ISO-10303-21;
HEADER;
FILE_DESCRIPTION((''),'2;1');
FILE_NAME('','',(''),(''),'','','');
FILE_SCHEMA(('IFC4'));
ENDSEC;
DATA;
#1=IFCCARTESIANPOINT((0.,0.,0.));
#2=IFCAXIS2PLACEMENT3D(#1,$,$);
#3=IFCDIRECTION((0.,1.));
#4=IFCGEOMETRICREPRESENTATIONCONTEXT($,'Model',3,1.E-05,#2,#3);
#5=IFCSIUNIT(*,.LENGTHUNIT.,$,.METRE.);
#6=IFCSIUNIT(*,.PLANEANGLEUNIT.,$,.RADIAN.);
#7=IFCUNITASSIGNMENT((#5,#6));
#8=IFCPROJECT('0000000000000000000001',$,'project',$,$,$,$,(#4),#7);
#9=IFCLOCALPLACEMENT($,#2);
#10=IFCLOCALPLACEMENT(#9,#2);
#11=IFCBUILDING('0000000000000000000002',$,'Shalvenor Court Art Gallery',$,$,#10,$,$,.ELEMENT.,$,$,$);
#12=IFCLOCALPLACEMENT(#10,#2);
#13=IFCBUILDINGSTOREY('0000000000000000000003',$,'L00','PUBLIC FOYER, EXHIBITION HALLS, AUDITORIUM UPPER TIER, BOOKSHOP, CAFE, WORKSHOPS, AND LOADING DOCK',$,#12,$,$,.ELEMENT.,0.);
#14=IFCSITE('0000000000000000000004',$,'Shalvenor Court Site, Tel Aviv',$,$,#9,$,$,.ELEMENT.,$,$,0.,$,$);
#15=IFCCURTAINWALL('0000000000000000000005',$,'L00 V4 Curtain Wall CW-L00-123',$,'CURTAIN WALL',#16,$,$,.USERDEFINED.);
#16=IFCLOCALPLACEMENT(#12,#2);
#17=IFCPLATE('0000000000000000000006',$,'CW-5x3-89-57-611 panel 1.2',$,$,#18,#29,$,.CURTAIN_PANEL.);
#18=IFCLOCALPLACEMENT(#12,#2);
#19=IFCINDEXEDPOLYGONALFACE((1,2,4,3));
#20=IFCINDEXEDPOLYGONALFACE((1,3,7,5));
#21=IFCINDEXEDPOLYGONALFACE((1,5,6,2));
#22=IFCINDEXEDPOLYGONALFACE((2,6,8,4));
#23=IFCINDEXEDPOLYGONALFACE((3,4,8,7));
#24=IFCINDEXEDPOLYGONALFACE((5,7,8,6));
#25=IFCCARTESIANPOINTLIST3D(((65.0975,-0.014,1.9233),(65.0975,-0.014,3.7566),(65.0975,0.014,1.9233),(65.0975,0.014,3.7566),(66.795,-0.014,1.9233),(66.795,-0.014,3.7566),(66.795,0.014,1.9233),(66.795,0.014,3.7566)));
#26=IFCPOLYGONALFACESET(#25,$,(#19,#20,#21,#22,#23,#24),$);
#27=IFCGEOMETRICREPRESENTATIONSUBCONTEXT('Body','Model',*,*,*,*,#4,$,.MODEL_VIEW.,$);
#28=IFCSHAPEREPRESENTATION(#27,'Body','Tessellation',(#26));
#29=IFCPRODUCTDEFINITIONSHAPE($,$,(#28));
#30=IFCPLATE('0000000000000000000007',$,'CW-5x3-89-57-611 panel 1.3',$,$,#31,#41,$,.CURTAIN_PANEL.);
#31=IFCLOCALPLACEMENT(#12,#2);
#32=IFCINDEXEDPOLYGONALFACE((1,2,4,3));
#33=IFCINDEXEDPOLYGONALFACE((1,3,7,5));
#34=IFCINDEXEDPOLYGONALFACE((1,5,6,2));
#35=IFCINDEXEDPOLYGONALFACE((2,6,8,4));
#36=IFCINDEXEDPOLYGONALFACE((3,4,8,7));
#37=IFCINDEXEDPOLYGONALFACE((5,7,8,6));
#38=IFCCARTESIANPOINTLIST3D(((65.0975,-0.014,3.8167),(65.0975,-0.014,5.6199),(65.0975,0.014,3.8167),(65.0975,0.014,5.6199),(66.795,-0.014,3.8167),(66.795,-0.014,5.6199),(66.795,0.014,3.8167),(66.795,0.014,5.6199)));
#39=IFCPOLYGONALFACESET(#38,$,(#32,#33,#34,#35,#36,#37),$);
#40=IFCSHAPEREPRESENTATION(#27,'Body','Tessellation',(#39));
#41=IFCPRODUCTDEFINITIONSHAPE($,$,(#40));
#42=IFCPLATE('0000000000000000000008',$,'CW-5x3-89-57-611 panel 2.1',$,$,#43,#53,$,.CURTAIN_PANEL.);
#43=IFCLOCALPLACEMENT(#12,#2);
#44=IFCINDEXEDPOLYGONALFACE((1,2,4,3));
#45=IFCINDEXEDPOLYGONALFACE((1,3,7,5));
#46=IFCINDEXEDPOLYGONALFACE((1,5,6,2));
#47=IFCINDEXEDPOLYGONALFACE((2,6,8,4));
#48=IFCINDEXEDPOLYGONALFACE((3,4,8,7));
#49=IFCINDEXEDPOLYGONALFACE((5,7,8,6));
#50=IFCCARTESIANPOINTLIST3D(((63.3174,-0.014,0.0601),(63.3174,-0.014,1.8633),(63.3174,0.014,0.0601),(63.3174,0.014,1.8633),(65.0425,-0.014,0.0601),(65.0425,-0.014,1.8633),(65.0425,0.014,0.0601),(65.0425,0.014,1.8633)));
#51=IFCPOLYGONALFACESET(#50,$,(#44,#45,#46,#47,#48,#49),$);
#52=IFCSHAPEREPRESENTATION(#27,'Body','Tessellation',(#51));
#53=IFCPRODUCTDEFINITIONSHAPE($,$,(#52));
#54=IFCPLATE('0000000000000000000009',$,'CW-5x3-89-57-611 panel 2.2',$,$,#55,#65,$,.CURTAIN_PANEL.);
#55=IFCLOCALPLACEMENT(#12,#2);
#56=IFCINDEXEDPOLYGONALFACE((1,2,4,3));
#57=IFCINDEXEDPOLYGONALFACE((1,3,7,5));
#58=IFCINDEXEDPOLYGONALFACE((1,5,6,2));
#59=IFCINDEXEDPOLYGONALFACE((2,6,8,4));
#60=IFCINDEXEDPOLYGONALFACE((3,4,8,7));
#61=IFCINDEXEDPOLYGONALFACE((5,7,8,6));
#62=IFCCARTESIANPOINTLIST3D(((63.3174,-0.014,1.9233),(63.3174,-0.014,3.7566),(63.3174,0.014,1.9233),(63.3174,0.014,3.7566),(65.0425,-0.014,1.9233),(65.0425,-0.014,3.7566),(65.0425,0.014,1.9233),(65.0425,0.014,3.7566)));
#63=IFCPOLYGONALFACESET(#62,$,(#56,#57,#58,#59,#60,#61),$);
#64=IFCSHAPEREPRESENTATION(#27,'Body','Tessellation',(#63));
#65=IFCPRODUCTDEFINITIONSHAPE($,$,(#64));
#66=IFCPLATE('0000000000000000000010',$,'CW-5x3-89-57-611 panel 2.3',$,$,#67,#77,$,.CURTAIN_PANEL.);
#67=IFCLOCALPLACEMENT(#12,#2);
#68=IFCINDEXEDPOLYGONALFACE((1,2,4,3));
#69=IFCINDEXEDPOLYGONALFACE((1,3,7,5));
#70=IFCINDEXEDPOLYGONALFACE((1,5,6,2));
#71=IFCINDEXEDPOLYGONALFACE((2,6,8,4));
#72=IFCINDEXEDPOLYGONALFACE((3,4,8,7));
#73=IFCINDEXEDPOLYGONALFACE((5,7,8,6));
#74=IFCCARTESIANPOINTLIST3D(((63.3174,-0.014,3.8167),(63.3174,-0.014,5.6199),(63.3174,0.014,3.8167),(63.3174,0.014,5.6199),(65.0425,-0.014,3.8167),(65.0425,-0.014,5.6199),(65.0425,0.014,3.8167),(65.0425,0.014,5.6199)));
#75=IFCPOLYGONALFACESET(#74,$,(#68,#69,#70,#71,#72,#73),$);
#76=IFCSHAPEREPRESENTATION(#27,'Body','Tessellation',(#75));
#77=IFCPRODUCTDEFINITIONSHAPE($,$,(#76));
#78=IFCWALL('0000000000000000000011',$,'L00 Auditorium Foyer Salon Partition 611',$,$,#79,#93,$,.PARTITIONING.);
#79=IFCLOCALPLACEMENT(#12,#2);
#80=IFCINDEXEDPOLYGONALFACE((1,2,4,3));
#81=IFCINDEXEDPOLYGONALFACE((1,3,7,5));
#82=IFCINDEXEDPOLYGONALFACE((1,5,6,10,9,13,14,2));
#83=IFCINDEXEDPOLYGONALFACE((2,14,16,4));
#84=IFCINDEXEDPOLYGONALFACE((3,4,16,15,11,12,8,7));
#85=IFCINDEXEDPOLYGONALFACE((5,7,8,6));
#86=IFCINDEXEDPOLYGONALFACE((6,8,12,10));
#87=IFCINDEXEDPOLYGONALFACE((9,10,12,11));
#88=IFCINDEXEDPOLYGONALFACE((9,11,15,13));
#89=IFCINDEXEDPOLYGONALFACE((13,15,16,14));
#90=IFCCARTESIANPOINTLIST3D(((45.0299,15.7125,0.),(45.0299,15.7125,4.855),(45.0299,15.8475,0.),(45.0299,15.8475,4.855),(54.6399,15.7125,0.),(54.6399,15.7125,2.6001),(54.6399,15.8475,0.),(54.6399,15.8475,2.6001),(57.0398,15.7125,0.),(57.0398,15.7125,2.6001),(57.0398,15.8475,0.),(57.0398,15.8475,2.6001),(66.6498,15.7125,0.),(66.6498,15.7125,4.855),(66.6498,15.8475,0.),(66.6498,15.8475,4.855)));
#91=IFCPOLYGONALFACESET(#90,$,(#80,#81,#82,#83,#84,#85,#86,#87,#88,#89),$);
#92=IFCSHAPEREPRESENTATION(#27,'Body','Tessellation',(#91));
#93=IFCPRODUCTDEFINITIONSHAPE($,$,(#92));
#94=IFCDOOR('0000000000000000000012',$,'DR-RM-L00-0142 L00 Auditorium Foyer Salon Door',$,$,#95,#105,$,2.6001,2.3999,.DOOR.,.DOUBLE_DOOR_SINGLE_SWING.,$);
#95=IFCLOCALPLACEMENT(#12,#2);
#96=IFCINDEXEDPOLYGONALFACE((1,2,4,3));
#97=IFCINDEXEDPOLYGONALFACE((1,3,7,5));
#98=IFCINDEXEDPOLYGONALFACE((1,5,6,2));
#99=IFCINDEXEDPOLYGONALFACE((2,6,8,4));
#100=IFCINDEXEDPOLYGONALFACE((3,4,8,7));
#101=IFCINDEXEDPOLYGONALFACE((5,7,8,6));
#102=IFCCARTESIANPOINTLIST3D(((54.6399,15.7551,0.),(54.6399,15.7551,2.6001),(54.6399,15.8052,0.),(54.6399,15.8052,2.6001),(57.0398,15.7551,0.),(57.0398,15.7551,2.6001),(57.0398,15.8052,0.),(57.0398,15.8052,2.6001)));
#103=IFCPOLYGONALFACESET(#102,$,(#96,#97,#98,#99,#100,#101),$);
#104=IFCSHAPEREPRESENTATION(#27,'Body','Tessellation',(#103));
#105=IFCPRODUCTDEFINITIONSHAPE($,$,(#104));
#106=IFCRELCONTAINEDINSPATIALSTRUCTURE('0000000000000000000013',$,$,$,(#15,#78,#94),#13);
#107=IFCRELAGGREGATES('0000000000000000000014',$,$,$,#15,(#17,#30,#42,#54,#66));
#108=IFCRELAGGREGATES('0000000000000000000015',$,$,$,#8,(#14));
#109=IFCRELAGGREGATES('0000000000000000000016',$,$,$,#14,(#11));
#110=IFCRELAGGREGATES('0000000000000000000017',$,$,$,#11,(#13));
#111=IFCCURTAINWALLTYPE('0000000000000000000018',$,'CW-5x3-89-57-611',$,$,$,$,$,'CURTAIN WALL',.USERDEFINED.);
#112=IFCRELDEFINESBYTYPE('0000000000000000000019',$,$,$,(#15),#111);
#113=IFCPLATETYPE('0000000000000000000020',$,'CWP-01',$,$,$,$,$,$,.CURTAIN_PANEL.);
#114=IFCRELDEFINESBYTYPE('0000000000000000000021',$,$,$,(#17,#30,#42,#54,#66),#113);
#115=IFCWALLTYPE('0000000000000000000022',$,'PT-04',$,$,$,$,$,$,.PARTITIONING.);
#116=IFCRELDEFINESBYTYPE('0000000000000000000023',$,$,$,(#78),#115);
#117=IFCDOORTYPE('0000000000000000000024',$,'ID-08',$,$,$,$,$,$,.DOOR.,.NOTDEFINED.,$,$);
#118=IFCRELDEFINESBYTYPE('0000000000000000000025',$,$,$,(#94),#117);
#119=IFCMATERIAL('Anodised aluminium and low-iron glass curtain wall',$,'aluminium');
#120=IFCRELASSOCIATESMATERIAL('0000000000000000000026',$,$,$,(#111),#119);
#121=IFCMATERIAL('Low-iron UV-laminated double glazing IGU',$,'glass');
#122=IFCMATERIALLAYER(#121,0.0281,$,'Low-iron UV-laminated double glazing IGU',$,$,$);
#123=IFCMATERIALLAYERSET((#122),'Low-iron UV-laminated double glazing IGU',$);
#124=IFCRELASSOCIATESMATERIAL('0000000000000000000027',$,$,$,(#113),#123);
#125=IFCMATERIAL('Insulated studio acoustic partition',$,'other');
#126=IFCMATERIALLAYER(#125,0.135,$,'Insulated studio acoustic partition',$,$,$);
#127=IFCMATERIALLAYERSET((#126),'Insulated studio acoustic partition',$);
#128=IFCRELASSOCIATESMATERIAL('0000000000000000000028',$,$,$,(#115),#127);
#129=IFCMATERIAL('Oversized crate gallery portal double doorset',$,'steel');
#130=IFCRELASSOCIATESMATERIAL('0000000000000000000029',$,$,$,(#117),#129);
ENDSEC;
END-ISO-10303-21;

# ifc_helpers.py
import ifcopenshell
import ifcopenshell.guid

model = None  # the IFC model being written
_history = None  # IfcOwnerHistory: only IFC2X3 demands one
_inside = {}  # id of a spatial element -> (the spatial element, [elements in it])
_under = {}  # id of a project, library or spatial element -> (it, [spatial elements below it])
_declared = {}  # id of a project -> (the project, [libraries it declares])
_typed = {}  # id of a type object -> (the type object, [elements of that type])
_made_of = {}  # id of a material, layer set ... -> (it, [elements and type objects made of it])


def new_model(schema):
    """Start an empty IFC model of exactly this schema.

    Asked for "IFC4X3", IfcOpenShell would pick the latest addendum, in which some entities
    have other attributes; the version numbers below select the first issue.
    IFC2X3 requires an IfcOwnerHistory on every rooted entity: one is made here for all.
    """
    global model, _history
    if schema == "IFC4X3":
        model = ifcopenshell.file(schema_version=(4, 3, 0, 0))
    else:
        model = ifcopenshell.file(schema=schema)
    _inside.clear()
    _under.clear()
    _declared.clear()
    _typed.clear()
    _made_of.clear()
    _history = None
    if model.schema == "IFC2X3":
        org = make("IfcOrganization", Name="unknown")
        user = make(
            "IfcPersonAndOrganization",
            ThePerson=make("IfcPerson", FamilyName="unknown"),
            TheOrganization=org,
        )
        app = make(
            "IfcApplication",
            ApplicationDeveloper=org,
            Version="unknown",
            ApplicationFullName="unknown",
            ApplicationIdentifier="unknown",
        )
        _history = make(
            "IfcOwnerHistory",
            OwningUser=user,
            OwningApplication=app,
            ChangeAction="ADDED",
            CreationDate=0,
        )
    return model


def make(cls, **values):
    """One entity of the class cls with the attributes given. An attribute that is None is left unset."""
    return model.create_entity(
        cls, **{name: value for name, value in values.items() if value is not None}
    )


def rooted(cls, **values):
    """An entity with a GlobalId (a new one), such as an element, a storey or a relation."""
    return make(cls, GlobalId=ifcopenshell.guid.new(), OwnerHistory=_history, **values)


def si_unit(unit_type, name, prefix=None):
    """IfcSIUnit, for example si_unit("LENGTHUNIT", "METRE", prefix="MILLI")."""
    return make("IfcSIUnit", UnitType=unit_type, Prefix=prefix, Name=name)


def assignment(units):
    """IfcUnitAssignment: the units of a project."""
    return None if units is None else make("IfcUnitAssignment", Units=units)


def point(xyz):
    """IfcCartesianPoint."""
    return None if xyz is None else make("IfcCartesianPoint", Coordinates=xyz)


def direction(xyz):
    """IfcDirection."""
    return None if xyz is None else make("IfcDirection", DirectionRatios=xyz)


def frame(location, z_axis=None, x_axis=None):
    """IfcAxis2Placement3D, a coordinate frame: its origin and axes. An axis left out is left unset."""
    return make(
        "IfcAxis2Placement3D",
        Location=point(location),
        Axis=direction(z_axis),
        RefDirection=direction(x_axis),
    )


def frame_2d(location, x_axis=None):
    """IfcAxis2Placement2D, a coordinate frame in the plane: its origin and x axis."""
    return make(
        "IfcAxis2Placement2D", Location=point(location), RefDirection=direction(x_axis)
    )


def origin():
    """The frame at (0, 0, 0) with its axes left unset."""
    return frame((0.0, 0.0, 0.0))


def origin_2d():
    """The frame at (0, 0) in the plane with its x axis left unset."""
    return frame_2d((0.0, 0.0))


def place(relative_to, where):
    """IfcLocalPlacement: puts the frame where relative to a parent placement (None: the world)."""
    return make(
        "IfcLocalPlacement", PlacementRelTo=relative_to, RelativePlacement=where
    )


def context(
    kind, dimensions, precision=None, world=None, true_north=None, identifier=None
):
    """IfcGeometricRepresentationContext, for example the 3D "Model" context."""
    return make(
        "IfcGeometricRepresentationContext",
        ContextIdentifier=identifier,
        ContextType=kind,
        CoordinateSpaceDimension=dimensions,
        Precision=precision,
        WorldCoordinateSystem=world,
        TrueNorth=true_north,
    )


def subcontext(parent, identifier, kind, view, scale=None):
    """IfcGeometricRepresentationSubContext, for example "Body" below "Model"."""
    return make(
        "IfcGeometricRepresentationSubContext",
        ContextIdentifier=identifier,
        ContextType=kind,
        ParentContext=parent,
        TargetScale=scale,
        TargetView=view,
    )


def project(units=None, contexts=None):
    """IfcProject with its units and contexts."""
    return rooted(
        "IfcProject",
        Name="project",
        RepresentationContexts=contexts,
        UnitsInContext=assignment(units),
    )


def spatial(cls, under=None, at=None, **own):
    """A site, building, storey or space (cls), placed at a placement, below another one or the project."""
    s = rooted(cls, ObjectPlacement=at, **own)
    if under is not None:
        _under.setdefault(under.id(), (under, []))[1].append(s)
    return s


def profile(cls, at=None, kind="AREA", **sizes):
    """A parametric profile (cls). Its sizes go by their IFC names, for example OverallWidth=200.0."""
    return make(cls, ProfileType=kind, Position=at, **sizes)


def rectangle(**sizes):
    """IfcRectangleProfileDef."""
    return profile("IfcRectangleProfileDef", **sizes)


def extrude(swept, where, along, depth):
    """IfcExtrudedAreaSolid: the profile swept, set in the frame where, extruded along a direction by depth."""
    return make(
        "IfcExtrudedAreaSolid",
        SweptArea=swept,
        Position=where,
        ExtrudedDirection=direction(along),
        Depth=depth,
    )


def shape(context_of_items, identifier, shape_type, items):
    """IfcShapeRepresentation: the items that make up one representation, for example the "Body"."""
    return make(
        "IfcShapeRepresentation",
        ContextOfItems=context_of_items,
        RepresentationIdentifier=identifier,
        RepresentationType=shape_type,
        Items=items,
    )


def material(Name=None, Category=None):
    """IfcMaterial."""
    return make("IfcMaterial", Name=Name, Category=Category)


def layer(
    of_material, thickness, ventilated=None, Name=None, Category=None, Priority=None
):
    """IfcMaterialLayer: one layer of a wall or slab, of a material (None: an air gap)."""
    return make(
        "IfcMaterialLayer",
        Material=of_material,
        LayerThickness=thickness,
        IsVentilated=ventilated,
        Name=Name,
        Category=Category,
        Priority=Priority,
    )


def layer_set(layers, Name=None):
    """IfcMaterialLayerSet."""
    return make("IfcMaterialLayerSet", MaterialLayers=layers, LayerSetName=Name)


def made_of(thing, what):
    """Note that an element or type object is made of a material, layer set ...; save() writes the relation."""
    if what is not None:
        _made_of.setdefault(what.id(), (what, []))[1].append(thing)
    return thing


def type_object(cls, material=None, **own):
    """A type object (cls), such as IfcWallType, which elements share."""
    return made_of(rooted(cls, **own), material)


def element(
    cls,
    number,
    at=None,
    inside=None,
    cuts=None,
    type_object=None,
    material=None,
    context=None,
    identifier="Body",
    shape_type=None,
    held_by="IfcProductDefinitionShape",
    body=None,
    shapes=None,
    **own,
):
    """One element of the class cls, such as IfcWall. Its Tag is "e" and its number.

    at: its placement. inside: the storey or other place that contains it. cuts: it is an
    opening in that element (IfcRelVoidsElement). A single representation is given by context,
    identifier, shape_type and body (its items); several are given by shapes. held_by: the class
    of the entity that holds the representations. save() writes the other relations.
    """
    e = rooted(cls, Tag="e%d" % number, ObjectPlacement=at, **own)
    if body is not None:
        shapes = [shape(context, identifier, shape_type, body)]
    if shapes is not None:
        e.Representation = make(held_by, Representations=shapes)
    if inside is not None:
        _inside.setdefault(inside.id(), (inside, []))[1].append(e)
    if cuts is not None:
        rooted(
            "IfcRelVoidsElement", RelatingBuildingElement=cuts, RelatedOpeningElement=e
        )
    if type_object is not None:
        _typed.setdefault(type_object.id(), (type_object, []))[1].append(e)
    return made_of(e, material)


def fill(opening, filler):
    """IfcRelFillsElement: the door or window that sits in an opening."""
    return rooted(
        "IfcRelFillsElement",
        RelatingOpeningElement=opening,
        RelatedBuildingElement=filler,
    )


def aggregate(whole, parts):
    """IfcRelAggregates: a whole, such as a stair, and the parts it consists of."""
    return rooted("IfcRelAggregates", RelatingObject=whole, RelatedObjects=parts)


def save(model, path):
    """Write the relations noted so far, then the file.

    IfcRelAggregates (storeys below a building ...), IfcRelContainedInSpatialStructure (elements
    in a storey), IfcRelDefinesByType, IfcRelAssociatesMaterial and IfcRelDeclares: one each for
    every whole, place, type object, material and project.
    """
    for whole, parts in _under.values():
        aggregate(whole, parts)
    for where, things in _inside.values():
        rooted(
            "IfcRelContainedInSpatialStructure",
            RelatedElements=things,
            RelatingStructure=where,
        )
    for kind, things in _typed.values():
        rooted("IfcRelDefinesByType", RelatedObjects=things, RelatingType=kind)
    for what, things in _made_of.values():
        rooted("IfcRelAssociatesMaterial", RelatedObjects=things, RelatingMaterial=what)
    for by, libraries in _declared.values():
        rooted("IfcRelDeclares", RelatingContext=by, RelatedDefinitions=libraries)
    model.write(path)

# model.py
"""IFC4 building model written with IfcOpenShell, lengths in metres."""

from ifc_helpers import new_model, si_unit, direction, frame, frame_2d, origin, origin_2d, place, context, subcontext, project, spatial, rectangle, extrude, material, layer, layer_set, type_object, element, fill, aggregate, save


model = new_model("IFC4")

# Units and contexts
model_context = context("Model", 3, precision=1e-05, world=origin(), true_north=direction((0.0, 1.0)))
body_context = subcontext(model_context, "Body", "Model", "MODEL_VIEW")
ifc_project = project(units=[si_unit("LENGTHUNIT", "METRE"), si_unit("PLANEANGLEUNIT", "RADIAN")], contexts=[model_context])

# Site, building, storey
site_placement = place(None, origin())
site = spatial("IfcSite", under=ifc_project, at=site_placement, Name="Shalvenor Court Site, Tel Aviv", CompositionType="ELEMENT", RefElevation=0.0)
building_placement = place(site_placement, origin())
building = spatial("IfcBuilding", under=site, at=building_placement, Name="Shalvenor Court Art Gallery", CompositionType="ELEMENT")
storey_placement = place(building_placement, origin())
storey = spatial("IfcBuildingStorey", under=building, at=storey_placement, Name="L00", Description="PUBLIC FOYER, EXHIBITION HALLS, AUDITORIUM UPPER TIER, BOOKSHOP, CAFE, WORKSHOPS, AND LOADING DOCK", CompositionType="ELEMENT", Elevation=0.0)

# Curtain wall
ifc_material_1 = material(Name="Anodised aluminium and low-iron glass curtain wall", Category="aluminium")
curtain_wall_type_1 = type_object("IfcCurtainWallType", Name="CW-5x3-89-57-611", ElementType="CURTAIN WALL", PredefinedType="USERDEFINED", material=ifc_material_1)
curtain_wall_1_placement = place(storey_placement, origin())
curtain_wall_1 = element("IfcCurtainWall", 1, at=curtain_wall_1_placement, inside=storey, type_object=curtain_wall_type_1, Name="L00 V4 Curtain Wall CW-L00-123", ObjectType="CURTAIN WALL", PredefinedType="USERDEFINED")

# Plates
ifc_material_2 = material(Name="Low-iron UV-laminated double glazing IGU", Category="glass")
ifc_layer_1 = layer(ifc_material_2, 0.0281, Name="Low-iron UV-laminated double glazing IGU")
ifc_layer_set_1 = layer_set([ifc_layer_1], Name="Low-iron UV-laminated double glazing IGU")
plate_type = type_object("IfcPlateType", Name="CWP-01", PredefinedType="CURTAIN_PANEL", material=ifc_layer_set_1)
plate_1_placement = place(storey_placement, frame((65.9463, 0.0, 1.9233), z_axis=(0.0, 0.0, 1.0), x_axis=(-1.0, 0.0, 0.0)))
plate_1 = element("IfcPlate", 2, at=plate_1_placement, type_object=plate_type, Name="CW-5x3-89-57-611 panel 1.2", PredefinedType="CURTAIN_PANEL", context=body_context, shape_type="SweptSolid", body=[
    extrude(rectangle(XDim=1.6975, YDim=0.0281, at=origin_2d()), origin(), (0.0, 0.0, 1.0), 1.8333),
])
plate_2_placement = place(storey_placement, frame((65.9463, 0.0, 3.8167), z_axis=(0.0, 0.0, 1.0), x_axis=(-1.0, 0.0, 0.0)))
plate_2 = element("IfcPlate", 3, at=plate_2_placement, type_object=plate_type, Name="CW-5x3-89-57-611 panel 1.3", PredefinedType="CURTAIN_PANEL", context=body_context, shape_type="SweptSolid", body=[
    extrude(rectangle(XDim=1.6975, YDim=0.0281, at=origin_2d()), origin(), (0.0, 0.0, 1.0), 1.8032),
])
plate_3_placement = place(storey_placement, frame((64.1799, 0.0, 0.0601), z_axis=(0.0, 0.0, 1.0), x_axis=(-1.0, 0.0, 0.0)))
plate_3 = element("IfcPlate", 4, at=plate_3_placement, type_object=plate_type, Name="CW-5x3-89-57-611 panel 2.1", PredefinedType="CURTAIN_PANEL", context=body_context, shape_type="SweptSolid", body=[
    extrude(rectangle(XDim=1.7251, YDim=0.0281, at=origin_2d()), origin(), (0.0, 0.0, 1.0), 1.8032),
])
plate_4_placement = place(storey_placement, frame((64.1799, 0.0, 1.9233), z_axis=(0.0, 0.0, 1.0), x_axis=(-1.0, 0.0, 0.0)))
plate_4 = element("IfcPlate", 5, at=plate_4_placement, type_object=plate_type, Name="CW-5x3-89-57-611 panel 2.2", PredefinedType="CURTAIN_PANEL", context=body_context, shape_type="SweptSolid", body=[
    extrude(rectangle(XDim=1.7251, YDim=0.0281, at=origin_2d()), origin(), (0.0, 0.0, 1.0), 1.8333),
])
plate_5_placement = place(storey_placement, frame((64.1799, 0.0, 3.8167), z_axis=(0.0, 0.0, 1.0), x_axis=(-1.0, 0.0, 0.0)))
plate_5 = element("IfcPlate", 6, at=plate_5_placement, type_object=plate_type, Name="CW-5x3-89-57-611 panel 2.3", PredefinedType="CURTAIN_PANEL", context=body_context, shape_type="SweptSolid", body=[
    extrude(rectangle(XDim=1.7251, YDim=0.0281, at=origin_2d()), origin(), (0.0, 0.0, 1.0), 1.8032),
])
aggregate(curtain_wall_1, [plate_1, plate_2, plate_3, plate_4, plate_5])

# Wall, opening, door
ifc_material_3 = material(Name="Insulated studio acoustic partition", Category="other")
ifc_layer_2 = layer(ifc_material_3, 0.135, Name="Insulated studio acoustic partition")
ifc_layer_set_2 = layer_set([ifc_layer_2], Name="Insulated studio acoustic partition")
wall_type = type_object("IfcWallType", Name="PT-04", PredefinedType="PARTITIONING", material=ifc_layer_set_2)
wall_placement = place(storey_placement, frame((66.6499, 15.78, 0.0), z_axis=(0.0, 0.0, 1.0), x_axis=(-1.0, 0.0, 0.0)))
wall = element("IfcWall", 7, at=wall_placement, inside=storey, type_object=wall_type, Name="L00 Auditorium Foyer Salon Partition 611", PredefinedType="PARTITIONING", context=body_context, shape_type="SweptSolid", body=[
    extrude(rectangle(XDim=21.6199, YDim=0.135, at=frame_2d((10.8101, 0.0))), origin(), (0.0, 0.0, 1.0), 4.855),
])
opening_placement = place(wall_placement, frame((9.6101, 0.0, 0.0)))
opening = element("IfcOpeningElement", 8, at=opening_placement, cuts=wall, PredefinedType="OPENING", context=body_context, shape_type="SweptSolid", body=[
    extrude(rectangle(XDim=2.3999, YDim=2.6001, at=frame_2d((1.2, 1.3))), frame((0.0, 0.0774, 0.0), z_axis=(0.0, -1.0, 0.0), x_axis=(1.0, 0.0, 0.0)), (0.0, 0.0, 1.0), 0.155),
])
ifc_material_4 = material(Name="Oversized crate gallery portal double doorset", Category="steel")
door_type = type_object("IfcDoorType", Name="ID-08", OperationType="NOTDEFINED", PredefinedType="DOOR", material=ifc_material_4)
door_placement = place(opening_placement, origin())
door = element("IfcDoor", 9, at=door_placement, inside=storey, type_object=door_type, Name="DR-RM-L00-0142 L00 Auditorium Foyer Salon Door", OperationType="DOUBLE_DOOR_SINGLE_SWING", OverallHeight=2.6001, OverallWidth=2.3999, PredefinedType="DOOR", context=body_context, shape_type="SweptSolid", body=[
    extrude(rectangle(XDim=2.3999, YDim=2.6001, at=frame_2d((1.2, 1.3))), frame((0.0, 0.0249, 0.0), z_axis=(0.0, -1.0, 0.0), x_axis=(1.0, 0.0, 0.0)), (0.0, 0.0, 1.0), 0.05),
])
fill(opening, door)

save(model, "model.ifc")
